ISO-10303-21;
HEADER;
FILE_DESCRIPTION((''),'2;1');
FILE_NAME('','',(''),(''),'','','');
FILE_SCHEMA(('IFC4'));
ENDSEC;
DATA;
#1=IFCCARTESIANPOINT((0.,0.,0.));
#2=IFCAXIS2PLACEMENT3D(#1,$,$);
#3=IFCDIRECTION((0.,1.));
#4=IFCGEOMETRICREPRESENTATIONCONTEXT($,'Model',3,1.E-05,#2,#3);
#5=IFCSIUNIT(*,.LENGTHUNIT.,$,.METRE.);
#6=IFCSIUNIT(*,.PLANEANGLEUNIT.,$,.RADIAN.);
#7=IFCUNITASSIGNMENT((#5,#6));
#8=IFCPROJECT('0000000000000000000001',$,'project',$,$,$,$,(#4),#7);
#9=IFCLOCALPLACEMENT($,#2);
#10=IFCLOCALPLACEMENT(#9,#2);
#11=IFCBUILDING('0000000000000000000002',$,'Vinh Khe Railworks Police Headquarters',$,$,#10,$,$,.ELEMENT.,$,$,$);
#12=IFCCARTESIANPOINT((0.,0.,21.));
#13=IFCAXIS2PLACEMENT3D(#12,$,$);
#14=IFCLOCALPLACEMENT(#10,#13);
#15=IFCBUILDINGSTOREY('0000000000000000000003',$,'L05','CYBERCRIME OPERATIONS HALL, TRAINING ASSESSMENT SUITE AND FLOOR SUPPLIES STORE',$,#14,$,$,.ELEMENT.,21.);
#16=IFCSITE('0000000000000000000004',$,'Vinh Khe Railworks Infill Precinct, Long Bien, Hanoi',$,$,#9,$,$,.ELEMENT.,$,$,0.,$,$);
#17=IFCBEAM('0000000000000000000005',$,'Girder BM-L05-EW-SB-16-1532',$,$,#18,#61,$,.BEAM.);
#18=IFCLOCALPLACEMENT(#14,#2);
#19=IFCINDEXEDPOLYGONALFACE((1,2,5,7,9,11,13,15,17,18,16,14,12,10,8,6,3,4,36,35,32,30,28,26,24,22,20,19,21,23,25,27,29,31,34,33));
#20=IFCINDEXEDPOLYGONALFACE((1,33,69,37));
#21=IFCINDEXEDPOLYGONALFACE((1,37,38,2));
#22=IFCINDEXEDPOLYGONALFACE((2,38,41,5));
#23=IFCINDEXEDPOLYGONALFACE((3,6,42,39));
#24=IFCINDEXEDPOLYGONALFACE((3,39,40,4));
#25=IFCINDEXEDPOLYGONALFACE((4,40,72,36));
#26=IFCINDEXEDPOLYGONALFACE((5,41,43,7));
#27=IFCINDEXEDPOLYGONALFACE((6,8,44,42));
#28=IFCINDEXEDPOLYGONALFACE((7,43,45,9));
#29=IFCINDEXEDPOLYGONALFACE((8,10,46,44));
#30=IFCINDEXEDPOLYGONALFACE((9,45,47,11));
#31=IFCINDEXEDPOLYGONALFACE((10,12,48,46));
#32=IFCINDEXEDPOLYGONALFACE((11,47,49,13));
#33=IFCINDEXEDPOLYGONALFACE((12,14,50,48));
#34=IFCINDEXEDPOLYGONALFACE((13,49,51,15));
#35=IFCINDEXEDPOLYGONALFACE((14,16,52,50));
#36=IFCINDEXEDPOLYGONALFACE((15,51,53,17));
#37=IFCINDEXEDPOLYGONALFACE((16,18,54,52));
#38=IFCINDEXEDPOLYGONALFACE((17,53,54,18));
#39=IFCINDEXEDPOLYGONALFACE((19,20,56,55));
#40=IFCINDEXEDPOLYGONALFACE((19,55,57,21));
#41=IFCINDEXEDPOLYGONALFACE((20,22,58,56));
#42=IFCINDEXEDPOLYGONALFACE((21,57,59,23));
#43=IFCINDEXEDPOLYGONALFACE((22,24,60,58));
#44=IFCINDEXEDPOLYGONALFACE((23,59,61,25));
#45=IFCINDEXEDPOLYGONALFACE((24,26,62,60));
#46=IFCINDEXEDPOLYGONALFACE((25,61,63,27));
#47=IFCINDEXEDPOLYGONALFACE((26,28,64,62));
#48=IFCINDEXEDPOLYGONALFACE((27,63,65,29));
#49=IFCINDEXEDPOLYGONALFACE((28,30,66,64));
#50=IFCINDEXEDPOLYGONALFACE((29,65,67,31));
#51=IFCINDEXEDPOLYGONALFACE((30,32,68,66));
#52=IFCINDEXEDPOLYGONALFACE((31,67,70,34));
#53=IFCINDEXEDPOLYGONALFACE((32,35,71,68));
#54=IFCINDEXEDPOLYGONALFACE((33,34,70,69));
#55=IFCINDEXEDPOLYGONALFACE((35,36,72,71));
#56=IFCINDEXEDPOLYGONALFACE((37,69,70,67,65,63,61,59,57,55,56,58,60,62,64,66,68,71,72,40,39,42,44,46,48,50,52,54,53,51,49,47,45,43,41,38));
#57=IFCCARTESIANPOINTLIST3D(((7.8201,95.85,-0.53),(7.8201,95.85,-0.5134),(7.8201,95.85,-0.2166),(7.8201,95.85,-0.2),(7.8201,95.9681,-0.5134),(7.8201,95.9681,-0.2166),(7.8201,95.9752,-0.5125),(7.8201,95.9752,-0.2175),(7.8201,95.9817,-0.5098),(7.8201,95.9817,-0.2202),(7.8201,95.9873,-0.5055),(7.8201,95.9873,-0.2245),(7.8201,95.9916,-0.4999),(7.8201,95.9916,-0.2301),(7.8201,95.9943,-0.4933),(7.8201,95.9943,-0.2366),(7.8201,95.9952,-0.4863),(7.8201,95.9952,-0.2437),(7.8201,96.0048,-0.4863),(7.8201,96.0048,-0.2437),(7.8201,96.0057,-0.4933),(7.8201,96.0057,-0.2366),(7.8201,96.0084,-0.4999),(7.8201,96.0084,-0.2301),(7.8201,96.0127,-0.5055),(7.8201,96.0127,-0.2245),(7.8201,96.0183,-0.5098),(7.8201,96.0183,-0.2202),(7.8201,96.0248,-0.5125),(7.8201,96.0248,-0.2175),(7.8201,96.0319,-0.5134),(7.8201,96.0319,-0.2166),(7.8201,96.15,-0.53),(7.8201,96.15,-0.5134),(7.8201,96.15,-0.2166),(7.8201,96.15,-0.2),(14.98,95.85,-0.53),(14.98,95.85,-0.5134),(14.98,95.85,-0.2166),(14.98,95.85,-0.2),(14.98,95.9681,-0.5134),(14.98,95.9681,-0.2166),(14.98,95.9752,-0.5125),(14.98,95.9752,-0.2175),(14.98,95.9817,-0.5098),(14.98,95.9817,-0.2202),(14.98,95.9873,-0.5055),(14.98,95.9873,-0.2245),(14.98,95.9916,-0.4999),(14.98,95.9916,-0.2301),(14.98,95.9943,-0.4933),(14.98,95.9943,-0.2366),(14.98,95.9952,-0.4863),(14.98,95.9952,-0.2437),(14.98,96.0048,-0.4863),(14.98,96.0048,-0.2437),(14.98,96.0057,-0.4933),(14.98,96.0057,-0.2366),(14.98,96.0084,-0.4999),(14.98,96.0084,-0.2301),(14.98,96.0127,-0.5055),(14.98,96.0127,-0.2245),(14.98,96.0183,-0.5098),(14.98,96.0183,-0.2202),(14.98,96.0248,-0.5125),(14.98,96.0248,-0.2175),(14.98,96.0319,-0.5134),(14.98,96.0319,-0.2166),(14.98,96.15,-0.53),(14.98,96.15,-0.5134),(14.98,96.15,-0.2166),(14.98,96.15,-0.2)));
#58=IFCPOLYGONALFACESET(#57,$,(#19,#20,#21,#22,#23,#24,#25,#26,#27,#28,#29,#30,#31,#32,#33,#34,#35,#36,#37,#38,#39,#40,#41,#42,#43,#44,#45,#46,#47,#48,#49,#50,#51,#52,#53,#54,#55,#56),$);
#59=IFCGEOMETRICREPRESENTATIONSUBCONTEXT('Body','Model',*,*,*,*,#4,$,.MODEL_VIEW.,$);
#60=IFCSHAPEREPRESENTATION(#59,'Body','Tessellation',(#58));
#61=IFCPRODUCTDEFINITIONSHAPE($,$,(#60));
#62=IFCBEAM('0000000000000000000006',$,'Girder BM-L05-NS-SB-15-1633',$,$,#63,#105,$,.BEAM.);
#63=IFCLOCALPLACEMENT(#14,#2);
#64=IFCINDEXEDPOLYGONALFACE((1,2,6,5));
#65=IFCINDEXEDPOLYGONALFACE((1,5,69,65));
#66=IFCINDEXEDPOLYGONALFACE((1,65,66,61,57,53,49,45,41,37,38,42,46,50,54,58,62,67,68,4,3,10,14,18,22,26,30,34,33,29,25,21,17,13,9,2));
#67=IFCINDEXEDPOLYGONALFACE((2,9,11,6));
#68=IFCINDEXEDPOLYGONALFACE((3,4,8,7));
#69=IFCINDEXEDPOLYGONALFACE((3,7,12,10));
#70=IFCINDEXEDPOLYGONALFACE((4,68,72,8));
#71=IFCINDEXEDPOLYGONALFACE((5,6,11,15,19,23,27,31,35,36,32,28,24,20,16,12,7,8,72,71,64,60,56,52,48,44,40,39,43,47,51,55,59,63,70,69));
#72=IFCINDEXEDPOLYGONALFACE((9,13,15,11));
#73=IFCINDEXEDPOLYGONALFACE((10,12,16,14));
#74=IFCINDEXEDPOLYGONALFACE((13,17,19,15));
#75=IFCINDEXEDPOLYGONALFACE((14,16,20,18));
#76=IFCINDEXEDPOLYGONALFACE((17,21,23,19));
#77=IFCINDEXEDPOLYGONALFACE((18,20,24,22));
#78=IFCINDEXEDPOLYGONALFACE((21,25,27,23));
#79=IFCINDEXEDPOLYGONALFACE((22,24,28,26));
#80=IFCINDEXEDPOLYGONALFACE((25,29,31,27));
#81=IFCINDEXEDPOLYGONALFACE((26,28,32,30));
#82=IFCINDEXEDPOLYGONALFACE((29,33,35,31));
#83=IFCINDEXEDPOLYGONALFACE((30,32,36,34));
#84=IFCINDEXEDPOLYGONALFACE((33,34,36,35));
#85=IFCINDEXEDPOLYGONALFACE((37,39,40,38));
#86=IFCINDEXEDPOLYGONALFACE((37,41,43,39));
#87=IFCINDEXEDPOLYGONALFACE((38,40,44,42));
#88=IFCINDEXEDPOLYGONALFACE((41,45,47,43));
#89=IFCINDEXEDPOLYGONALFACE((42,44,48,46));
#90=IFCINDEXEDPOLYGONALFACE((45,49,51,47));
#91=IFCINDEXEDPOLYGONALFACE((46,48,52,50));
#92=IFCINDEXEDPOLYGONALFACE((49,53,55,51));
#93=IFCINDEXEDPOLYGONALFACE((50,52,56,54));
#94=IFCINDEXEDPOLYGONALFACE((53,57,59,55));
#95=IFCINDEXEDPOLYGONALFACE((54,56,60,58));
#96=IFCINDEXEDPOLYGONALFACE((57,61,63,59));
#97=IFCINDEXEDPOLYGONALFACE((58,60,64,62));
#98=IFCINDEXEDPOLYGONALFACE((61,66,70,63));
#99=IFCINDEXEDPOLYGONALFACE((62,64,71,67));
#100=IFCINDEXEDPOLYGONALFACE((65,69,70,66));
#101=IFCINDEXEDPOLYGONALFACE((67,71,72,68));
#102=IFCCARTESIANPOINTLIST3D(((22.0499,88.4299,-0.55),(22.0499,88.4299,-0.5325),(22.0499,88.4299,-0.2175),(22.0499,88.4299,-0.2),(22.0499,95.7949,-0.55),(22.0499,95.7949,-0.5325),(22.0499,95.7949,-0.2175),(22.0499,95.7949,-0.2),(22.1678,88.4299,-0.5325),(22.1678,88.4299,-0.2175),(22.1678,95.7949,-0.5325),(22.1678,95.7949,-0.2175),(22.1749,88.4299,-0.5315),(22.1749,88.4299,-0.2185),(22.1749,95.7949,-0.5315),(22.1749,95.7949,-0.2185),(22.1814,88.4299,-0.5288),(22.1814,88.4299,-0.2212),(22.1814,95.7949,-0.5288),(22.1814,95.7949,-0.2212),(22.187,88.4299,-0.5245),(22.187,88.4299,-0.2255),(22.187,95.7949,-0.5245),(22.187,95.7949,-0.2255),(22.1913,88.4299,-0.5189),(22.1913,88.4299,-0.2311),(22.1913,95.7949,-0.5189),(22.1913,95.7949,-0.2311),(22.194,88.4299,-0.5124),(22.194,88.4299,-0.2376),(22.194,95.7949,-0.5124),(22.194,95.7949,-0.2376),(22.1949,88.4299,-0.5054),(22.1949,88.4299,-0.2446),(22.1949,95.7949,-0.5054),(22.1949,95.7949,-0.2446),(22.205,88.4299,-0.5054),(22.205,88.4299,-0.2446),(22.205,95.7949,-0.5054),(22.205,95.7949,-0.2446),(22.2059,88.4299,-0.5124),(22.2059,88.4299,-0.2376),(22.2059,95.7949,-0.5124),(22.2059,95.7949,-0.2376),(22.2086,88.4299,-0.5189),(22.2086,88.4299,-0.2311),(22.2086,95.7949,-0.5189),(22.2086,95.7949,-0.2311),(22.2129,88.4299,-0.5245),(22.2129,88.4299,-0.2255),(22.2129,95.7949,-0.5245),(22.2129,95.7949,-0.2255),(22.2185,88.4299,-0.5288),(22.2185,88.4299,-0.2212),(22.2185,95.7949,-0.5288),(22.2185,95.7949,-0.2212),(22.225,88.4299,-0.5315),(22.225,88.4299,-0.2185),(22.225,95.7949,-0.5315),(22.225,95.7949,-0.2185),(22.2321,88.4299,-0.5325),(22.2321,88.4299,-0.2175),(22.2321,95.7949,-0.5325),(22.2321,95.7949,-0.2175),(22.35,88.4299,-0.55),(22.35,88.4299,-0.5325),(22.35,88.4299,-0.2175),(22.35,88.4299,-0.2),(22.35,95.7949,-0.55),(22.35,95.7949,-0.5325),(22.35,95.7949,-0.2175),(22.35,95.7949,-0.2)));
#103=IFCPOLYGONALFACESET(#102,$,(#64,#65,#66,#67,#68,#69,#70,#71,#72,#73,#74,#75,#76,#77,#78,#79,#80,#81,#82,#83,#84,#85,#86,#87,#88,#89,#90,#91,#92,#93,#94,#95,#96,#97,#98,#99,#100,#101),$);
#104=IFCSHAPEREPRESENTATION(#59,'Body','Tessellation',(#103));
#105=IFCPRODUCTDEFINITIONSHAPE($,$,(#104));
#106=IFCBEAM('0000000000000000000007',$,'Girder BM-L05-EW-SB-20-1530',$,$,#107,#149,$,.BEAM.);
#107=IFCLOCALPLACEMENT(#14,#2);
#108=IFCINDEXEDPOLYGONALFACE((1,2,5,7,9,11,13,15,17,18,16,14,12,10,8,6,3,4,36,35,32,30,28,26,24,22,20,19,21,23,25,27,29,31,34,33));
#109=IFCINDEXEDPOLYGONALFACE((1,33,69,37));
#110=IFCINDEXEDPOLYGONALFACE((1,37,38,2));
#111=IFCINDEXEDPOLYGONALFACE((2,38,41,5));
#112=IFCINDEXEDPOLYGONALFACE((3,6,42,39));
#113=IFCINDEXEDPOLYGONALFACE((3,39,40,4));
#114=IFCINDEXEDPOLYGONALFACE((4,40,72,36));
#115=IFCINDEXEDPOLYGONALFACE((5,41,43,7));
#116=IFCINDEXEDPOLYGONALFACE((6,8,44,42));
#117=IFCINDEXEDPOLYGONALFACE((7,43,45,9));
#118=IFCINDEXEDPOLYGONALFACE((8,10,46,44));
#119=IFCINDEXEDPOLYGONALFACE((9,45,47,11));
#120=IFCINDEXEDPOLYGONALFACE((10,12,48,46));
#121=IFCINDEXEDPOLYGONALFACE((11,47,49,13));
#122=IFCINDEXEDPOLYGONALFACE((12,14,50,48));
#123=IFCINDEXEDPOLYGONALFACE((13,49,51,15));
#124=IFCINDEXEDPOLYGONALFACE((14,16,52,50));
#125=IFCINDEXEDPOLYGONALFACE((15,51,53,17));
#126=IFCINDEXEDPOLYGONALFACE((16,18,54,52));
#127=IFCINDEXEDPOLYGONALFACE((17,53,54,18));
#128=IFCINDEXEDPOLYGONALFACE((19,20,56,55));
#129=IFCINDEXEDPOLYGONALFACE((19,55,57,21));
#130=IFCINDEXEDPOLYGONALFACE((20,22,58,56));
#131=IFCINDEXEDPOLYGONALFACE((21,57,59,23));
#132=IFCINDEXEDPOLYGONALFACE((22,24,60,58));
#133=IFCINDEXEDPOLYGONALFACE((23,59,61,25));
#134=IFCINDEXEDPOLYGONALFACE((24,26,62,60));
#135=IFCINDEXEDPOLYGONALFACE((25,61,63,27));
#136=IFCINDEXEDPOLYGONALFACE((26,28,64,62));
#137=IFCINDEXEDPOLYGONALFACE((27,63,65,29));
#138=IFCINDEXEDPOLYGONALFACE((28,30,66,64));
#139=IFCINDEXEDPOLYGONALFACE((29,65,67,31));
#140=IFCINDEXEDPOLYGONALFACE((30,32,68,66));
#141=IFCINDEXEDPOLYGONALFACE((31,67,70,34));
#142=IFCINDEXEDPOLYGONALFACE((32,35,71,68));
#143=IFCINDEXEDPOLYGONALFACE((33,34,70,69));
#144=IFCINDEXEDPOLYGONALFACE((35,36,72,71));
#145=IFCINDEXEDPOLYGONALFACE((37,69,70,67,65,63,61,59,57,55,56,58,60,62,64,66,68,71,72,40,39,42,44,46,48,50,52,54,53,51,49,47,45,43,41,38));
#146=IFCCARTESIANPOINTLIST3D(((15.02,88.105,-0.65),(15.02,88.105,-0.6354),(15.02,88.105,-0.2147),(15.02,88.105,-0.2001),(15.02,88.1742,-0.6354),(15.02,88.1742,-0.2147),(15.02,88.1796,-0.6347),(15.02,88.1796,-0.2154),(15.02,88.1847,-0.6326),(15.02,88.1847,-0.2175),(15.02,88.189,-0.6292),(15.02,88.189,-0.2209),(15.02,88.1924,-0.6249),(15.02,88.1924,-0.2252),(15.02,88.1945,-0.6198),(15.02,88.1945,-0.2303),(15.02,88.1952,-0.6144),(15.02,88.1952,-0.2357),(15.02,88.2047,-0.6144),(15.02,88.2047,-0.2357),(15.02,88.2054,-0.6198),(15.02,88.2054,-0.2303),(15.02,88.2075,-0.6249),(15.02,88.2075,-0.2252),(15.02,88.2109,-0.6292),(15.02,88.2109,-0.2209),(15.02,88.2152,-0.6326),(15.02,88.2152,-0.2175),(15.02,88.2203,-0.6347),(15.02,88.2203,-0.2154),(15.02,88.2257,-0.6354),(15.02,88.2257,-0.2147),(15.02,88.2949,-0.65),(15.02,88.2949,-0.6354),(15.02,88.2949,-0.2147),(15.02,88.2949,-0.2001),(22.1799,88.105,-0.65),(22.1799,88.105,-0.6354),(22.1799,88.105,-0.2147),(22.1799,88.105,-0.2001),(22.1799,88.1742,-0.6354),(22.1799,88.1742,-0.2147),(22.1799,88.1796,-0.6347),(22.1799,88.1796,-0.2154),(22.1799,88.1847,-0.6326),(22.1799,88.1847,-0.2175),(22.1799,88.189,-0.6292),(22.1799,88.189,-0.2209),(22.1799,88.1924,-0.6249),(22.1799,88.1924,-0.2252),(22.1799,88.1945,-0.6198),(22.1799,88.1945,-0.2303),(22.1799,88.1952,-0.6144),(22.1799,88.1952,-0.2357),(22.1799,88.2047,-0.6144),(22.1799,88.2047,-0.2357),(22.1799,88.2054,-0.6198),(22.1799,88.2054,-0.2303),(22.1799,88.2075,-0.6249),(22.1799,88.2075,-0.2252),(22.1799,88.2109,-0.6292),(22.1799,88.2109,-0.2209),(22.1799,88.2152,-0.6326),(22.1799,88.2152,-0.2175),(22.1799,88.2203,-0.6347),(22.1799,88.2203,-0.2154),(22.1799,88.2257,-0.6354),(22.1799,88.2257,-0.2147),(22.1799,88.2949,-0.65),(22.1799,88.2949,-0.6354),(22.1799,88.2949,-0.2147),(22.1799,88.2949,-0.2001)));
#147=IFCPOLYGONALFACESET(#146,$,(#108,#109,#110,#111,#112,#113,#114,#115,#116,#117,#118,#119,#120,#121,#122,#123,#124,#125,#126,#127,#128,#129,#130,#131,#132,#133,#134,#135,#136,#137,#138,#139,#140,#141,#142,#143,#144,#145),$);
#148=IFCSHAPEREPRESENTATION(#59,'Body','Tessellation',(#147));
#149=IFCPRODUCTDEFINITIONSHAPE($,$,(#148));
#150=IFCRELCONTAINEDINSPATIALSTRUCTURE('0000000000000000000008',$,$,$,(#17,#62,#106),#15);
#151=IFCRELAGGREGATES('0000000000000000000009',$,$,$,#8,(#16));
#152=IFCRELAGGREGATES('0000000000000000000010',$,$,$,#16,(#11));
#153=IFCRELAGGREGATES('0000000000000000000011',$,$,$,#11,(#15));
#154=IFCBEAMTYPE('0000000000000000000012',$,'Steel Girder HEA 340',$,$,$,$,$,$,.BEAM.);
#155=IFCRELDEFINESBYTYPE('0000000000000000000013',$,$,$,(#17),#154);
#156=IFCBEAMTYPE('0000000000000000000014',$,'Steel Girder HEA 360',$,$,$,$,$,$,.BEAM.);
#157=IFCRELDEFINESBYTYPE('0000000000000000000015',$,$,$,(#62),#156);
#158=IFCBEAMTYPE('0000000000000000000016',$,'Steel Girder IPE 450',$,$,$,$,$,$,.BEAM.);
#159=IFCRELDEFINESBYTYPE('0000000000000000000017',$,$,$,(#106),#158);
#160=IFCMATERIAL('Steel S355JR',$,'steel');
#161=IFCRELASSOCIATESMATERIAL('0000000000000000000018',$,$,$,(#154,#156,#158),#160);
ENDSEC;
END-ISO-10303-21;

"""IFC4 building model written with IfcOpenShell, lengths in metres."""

from ifc_helpers import new_model, si_unit, direction, frame, origin, origin_2d, place, context, subcontext, project, spatial, i_section, extrude, material, material_profile, profile_set, type_object, element, save


model = new_model("IFC4")

# Units and contexts
model_context = context("Model", 3, precision=1e-05, world=origin(), true_north=direction((0.0, 1.0)))
body_context = subcontext(model_context, "Body", "Model", "MODEL_VIEW")
ifc_project = project(units=[si_unit("LENGTHUNIT", "METRE"), si_unit("PLANEANGLEUNIT", "RADIAN")], contexts=[model_context])

# Site, building, storey
site_placement = place(None, origin())
site = spatial("IfcSite", under=ifc_project, at=site_placement, Name="Vinh Khe Railworks Infill Precinct, Long Bien, Hanoi", CompositionType="ELEMENT", RefElevation=0.0)
building_placement = place(site_placement, origin())
building = spatial("IfcBuilding", under=site, at=building_placement, Name="Vinh Khe Railworks Police Headquarters", CompositionType="ELEMENT")
storey_placement = place(building_placement, frame((0.0, 0.0, 21.0)))
storey = spatial("IfcBuildingStorey", under=building, at=storey_placement, Name="L05", Description="CYBERCRIME OPERATIONS HALL, TRAINING ASSESSMENT SUITE AND FLOOR SUPPLIES STORE", CompositionType="ELEMENT", Elevation=21.0)

# Shared definitions
ifc_material_1 = material(Name="Steel S355JR", Category="steel")

# Beams
ifc_material_profile_1 = material_profile(ifc_material_1, i_section(OverallWidth=0.3, OverallDepth=0.3301, WebThickness=0.0095, FlangeThickness=0.0166, FilletRadius=0.0271, at=origin_2d()), Name="HEA 340")
ifc_profile_set_1 = profile_set([ifc_material_profile_1], Name="Steel S355JR")
beam_type_1 = type_object("IfcBeamType", Name="Steel Girder HEA 340", PredefinedType="BEAM", material=ifc_profile_set_1)
beam_1_placement = place(storey_placement, frame((7.8201, 96.0, -0.365), z_axis=(1.0, 0.0, 0.0), x_axis=(0.0, 1.0, 0.0)))
element("IfcBeam", 1, at=beam_1_placement, inside=storey, type_object=beam_type_1, Name="Girder BM-L05-EW-SB-16-1532", PredefinedType="BEAM", context=body_context, shape_type="SweptSolid", body=[
    extrude(i_section(OverallWidth=0.3, OverallDepth=0.3301, WebThickness=0.0095, FlangeThickness=0.0166, FilletRadius=0.0271, at=origin_2d()), origin(), (0.0, 0.0, 1.0), 7.1599),
])
ifc_material_profile_2 = material_profile(ifc_material_1, i_section(OverallWidth=0.3, OverallDepth=0.3501, WebThickness=0.01, FlangeThickness=0.0176, FilletRadius=0.0271, at=origin_2d()), Name="HEA 360")
ifc_profile_set_2 = profile_set([ifc_material_profile_2], Name="Steel S355JR")
beam_type_2 = type_object("IfcBeamType", Name="Steel Girder HEA 360", PredefinedType="BEAM", material=ifc_profile_set_2)
beam_2_placement = place(storey_placement, frame((22.2, 88.4299, -0.375), z_axis=(0.0, 1.0, 0.0), x_axis=(-1.0, 0.0, 0.0)))
element("IfcBeam", 2, at=beam_2_placement, inside=storey, type_object=beam_type_2, Name="Girder BM-L05-NS-SB-15-1633", PredefinedType="BEAM", context=body_context, shape_type="SweptSolid", body=[
    extrude(i_section(OverallWidth=0.3, OverallDepth=0.3501, WebThickness=0.01, FlangeThickness=0.0176, FilletRadius=0.0271, at=origin_2d()), origin(), (0.0, 0.0, 1.0), 7.365),
])
ifc_material_profile_3 = material_profile(ifc_material_1, i_section(OverallWidth=0.1899, OverallDepth=0.45, WebThickness=0.0095, FlangeThickness=0.0146, FilletRadius=0.021, at=origin_2d()), Name="IPE 450")
ifc_profile_set_3 = profile_set([ifc_material_profile_3], Name="Steel S355JR")
beam_type_3 = type_object("IfcBeamType", Name="Steel Girder IPE 450", PredefinedType="BEAM", material=ifc_profile_set_3)
beam_3_placement = place(storey_placement, frame((15.02, 88.2, -0.425), z_axis=(1.0, 0.0, 0.0), x_axis=(0.0, 1.0, 0.0)))
element("IfcBeam", 3, at=beam_3_placement, inside=storey, type_object=beam_type_3, Name="Girder BM-L05-EW-SB-20-1530", PredefinedType="BEAM", context=body_context, shape_type="SweptSolid", body=[
    extrude(i_section(OverallWidth=0.1899, OverallDepth=0.45, WebThickness=0.0095, FlangeThickness=0.0146, FilletRadius=0.021, at=origin_2d()), origin(), (0.0, 0.0, 1.0), 7.1599),
])

save(model, "model.ifc")
